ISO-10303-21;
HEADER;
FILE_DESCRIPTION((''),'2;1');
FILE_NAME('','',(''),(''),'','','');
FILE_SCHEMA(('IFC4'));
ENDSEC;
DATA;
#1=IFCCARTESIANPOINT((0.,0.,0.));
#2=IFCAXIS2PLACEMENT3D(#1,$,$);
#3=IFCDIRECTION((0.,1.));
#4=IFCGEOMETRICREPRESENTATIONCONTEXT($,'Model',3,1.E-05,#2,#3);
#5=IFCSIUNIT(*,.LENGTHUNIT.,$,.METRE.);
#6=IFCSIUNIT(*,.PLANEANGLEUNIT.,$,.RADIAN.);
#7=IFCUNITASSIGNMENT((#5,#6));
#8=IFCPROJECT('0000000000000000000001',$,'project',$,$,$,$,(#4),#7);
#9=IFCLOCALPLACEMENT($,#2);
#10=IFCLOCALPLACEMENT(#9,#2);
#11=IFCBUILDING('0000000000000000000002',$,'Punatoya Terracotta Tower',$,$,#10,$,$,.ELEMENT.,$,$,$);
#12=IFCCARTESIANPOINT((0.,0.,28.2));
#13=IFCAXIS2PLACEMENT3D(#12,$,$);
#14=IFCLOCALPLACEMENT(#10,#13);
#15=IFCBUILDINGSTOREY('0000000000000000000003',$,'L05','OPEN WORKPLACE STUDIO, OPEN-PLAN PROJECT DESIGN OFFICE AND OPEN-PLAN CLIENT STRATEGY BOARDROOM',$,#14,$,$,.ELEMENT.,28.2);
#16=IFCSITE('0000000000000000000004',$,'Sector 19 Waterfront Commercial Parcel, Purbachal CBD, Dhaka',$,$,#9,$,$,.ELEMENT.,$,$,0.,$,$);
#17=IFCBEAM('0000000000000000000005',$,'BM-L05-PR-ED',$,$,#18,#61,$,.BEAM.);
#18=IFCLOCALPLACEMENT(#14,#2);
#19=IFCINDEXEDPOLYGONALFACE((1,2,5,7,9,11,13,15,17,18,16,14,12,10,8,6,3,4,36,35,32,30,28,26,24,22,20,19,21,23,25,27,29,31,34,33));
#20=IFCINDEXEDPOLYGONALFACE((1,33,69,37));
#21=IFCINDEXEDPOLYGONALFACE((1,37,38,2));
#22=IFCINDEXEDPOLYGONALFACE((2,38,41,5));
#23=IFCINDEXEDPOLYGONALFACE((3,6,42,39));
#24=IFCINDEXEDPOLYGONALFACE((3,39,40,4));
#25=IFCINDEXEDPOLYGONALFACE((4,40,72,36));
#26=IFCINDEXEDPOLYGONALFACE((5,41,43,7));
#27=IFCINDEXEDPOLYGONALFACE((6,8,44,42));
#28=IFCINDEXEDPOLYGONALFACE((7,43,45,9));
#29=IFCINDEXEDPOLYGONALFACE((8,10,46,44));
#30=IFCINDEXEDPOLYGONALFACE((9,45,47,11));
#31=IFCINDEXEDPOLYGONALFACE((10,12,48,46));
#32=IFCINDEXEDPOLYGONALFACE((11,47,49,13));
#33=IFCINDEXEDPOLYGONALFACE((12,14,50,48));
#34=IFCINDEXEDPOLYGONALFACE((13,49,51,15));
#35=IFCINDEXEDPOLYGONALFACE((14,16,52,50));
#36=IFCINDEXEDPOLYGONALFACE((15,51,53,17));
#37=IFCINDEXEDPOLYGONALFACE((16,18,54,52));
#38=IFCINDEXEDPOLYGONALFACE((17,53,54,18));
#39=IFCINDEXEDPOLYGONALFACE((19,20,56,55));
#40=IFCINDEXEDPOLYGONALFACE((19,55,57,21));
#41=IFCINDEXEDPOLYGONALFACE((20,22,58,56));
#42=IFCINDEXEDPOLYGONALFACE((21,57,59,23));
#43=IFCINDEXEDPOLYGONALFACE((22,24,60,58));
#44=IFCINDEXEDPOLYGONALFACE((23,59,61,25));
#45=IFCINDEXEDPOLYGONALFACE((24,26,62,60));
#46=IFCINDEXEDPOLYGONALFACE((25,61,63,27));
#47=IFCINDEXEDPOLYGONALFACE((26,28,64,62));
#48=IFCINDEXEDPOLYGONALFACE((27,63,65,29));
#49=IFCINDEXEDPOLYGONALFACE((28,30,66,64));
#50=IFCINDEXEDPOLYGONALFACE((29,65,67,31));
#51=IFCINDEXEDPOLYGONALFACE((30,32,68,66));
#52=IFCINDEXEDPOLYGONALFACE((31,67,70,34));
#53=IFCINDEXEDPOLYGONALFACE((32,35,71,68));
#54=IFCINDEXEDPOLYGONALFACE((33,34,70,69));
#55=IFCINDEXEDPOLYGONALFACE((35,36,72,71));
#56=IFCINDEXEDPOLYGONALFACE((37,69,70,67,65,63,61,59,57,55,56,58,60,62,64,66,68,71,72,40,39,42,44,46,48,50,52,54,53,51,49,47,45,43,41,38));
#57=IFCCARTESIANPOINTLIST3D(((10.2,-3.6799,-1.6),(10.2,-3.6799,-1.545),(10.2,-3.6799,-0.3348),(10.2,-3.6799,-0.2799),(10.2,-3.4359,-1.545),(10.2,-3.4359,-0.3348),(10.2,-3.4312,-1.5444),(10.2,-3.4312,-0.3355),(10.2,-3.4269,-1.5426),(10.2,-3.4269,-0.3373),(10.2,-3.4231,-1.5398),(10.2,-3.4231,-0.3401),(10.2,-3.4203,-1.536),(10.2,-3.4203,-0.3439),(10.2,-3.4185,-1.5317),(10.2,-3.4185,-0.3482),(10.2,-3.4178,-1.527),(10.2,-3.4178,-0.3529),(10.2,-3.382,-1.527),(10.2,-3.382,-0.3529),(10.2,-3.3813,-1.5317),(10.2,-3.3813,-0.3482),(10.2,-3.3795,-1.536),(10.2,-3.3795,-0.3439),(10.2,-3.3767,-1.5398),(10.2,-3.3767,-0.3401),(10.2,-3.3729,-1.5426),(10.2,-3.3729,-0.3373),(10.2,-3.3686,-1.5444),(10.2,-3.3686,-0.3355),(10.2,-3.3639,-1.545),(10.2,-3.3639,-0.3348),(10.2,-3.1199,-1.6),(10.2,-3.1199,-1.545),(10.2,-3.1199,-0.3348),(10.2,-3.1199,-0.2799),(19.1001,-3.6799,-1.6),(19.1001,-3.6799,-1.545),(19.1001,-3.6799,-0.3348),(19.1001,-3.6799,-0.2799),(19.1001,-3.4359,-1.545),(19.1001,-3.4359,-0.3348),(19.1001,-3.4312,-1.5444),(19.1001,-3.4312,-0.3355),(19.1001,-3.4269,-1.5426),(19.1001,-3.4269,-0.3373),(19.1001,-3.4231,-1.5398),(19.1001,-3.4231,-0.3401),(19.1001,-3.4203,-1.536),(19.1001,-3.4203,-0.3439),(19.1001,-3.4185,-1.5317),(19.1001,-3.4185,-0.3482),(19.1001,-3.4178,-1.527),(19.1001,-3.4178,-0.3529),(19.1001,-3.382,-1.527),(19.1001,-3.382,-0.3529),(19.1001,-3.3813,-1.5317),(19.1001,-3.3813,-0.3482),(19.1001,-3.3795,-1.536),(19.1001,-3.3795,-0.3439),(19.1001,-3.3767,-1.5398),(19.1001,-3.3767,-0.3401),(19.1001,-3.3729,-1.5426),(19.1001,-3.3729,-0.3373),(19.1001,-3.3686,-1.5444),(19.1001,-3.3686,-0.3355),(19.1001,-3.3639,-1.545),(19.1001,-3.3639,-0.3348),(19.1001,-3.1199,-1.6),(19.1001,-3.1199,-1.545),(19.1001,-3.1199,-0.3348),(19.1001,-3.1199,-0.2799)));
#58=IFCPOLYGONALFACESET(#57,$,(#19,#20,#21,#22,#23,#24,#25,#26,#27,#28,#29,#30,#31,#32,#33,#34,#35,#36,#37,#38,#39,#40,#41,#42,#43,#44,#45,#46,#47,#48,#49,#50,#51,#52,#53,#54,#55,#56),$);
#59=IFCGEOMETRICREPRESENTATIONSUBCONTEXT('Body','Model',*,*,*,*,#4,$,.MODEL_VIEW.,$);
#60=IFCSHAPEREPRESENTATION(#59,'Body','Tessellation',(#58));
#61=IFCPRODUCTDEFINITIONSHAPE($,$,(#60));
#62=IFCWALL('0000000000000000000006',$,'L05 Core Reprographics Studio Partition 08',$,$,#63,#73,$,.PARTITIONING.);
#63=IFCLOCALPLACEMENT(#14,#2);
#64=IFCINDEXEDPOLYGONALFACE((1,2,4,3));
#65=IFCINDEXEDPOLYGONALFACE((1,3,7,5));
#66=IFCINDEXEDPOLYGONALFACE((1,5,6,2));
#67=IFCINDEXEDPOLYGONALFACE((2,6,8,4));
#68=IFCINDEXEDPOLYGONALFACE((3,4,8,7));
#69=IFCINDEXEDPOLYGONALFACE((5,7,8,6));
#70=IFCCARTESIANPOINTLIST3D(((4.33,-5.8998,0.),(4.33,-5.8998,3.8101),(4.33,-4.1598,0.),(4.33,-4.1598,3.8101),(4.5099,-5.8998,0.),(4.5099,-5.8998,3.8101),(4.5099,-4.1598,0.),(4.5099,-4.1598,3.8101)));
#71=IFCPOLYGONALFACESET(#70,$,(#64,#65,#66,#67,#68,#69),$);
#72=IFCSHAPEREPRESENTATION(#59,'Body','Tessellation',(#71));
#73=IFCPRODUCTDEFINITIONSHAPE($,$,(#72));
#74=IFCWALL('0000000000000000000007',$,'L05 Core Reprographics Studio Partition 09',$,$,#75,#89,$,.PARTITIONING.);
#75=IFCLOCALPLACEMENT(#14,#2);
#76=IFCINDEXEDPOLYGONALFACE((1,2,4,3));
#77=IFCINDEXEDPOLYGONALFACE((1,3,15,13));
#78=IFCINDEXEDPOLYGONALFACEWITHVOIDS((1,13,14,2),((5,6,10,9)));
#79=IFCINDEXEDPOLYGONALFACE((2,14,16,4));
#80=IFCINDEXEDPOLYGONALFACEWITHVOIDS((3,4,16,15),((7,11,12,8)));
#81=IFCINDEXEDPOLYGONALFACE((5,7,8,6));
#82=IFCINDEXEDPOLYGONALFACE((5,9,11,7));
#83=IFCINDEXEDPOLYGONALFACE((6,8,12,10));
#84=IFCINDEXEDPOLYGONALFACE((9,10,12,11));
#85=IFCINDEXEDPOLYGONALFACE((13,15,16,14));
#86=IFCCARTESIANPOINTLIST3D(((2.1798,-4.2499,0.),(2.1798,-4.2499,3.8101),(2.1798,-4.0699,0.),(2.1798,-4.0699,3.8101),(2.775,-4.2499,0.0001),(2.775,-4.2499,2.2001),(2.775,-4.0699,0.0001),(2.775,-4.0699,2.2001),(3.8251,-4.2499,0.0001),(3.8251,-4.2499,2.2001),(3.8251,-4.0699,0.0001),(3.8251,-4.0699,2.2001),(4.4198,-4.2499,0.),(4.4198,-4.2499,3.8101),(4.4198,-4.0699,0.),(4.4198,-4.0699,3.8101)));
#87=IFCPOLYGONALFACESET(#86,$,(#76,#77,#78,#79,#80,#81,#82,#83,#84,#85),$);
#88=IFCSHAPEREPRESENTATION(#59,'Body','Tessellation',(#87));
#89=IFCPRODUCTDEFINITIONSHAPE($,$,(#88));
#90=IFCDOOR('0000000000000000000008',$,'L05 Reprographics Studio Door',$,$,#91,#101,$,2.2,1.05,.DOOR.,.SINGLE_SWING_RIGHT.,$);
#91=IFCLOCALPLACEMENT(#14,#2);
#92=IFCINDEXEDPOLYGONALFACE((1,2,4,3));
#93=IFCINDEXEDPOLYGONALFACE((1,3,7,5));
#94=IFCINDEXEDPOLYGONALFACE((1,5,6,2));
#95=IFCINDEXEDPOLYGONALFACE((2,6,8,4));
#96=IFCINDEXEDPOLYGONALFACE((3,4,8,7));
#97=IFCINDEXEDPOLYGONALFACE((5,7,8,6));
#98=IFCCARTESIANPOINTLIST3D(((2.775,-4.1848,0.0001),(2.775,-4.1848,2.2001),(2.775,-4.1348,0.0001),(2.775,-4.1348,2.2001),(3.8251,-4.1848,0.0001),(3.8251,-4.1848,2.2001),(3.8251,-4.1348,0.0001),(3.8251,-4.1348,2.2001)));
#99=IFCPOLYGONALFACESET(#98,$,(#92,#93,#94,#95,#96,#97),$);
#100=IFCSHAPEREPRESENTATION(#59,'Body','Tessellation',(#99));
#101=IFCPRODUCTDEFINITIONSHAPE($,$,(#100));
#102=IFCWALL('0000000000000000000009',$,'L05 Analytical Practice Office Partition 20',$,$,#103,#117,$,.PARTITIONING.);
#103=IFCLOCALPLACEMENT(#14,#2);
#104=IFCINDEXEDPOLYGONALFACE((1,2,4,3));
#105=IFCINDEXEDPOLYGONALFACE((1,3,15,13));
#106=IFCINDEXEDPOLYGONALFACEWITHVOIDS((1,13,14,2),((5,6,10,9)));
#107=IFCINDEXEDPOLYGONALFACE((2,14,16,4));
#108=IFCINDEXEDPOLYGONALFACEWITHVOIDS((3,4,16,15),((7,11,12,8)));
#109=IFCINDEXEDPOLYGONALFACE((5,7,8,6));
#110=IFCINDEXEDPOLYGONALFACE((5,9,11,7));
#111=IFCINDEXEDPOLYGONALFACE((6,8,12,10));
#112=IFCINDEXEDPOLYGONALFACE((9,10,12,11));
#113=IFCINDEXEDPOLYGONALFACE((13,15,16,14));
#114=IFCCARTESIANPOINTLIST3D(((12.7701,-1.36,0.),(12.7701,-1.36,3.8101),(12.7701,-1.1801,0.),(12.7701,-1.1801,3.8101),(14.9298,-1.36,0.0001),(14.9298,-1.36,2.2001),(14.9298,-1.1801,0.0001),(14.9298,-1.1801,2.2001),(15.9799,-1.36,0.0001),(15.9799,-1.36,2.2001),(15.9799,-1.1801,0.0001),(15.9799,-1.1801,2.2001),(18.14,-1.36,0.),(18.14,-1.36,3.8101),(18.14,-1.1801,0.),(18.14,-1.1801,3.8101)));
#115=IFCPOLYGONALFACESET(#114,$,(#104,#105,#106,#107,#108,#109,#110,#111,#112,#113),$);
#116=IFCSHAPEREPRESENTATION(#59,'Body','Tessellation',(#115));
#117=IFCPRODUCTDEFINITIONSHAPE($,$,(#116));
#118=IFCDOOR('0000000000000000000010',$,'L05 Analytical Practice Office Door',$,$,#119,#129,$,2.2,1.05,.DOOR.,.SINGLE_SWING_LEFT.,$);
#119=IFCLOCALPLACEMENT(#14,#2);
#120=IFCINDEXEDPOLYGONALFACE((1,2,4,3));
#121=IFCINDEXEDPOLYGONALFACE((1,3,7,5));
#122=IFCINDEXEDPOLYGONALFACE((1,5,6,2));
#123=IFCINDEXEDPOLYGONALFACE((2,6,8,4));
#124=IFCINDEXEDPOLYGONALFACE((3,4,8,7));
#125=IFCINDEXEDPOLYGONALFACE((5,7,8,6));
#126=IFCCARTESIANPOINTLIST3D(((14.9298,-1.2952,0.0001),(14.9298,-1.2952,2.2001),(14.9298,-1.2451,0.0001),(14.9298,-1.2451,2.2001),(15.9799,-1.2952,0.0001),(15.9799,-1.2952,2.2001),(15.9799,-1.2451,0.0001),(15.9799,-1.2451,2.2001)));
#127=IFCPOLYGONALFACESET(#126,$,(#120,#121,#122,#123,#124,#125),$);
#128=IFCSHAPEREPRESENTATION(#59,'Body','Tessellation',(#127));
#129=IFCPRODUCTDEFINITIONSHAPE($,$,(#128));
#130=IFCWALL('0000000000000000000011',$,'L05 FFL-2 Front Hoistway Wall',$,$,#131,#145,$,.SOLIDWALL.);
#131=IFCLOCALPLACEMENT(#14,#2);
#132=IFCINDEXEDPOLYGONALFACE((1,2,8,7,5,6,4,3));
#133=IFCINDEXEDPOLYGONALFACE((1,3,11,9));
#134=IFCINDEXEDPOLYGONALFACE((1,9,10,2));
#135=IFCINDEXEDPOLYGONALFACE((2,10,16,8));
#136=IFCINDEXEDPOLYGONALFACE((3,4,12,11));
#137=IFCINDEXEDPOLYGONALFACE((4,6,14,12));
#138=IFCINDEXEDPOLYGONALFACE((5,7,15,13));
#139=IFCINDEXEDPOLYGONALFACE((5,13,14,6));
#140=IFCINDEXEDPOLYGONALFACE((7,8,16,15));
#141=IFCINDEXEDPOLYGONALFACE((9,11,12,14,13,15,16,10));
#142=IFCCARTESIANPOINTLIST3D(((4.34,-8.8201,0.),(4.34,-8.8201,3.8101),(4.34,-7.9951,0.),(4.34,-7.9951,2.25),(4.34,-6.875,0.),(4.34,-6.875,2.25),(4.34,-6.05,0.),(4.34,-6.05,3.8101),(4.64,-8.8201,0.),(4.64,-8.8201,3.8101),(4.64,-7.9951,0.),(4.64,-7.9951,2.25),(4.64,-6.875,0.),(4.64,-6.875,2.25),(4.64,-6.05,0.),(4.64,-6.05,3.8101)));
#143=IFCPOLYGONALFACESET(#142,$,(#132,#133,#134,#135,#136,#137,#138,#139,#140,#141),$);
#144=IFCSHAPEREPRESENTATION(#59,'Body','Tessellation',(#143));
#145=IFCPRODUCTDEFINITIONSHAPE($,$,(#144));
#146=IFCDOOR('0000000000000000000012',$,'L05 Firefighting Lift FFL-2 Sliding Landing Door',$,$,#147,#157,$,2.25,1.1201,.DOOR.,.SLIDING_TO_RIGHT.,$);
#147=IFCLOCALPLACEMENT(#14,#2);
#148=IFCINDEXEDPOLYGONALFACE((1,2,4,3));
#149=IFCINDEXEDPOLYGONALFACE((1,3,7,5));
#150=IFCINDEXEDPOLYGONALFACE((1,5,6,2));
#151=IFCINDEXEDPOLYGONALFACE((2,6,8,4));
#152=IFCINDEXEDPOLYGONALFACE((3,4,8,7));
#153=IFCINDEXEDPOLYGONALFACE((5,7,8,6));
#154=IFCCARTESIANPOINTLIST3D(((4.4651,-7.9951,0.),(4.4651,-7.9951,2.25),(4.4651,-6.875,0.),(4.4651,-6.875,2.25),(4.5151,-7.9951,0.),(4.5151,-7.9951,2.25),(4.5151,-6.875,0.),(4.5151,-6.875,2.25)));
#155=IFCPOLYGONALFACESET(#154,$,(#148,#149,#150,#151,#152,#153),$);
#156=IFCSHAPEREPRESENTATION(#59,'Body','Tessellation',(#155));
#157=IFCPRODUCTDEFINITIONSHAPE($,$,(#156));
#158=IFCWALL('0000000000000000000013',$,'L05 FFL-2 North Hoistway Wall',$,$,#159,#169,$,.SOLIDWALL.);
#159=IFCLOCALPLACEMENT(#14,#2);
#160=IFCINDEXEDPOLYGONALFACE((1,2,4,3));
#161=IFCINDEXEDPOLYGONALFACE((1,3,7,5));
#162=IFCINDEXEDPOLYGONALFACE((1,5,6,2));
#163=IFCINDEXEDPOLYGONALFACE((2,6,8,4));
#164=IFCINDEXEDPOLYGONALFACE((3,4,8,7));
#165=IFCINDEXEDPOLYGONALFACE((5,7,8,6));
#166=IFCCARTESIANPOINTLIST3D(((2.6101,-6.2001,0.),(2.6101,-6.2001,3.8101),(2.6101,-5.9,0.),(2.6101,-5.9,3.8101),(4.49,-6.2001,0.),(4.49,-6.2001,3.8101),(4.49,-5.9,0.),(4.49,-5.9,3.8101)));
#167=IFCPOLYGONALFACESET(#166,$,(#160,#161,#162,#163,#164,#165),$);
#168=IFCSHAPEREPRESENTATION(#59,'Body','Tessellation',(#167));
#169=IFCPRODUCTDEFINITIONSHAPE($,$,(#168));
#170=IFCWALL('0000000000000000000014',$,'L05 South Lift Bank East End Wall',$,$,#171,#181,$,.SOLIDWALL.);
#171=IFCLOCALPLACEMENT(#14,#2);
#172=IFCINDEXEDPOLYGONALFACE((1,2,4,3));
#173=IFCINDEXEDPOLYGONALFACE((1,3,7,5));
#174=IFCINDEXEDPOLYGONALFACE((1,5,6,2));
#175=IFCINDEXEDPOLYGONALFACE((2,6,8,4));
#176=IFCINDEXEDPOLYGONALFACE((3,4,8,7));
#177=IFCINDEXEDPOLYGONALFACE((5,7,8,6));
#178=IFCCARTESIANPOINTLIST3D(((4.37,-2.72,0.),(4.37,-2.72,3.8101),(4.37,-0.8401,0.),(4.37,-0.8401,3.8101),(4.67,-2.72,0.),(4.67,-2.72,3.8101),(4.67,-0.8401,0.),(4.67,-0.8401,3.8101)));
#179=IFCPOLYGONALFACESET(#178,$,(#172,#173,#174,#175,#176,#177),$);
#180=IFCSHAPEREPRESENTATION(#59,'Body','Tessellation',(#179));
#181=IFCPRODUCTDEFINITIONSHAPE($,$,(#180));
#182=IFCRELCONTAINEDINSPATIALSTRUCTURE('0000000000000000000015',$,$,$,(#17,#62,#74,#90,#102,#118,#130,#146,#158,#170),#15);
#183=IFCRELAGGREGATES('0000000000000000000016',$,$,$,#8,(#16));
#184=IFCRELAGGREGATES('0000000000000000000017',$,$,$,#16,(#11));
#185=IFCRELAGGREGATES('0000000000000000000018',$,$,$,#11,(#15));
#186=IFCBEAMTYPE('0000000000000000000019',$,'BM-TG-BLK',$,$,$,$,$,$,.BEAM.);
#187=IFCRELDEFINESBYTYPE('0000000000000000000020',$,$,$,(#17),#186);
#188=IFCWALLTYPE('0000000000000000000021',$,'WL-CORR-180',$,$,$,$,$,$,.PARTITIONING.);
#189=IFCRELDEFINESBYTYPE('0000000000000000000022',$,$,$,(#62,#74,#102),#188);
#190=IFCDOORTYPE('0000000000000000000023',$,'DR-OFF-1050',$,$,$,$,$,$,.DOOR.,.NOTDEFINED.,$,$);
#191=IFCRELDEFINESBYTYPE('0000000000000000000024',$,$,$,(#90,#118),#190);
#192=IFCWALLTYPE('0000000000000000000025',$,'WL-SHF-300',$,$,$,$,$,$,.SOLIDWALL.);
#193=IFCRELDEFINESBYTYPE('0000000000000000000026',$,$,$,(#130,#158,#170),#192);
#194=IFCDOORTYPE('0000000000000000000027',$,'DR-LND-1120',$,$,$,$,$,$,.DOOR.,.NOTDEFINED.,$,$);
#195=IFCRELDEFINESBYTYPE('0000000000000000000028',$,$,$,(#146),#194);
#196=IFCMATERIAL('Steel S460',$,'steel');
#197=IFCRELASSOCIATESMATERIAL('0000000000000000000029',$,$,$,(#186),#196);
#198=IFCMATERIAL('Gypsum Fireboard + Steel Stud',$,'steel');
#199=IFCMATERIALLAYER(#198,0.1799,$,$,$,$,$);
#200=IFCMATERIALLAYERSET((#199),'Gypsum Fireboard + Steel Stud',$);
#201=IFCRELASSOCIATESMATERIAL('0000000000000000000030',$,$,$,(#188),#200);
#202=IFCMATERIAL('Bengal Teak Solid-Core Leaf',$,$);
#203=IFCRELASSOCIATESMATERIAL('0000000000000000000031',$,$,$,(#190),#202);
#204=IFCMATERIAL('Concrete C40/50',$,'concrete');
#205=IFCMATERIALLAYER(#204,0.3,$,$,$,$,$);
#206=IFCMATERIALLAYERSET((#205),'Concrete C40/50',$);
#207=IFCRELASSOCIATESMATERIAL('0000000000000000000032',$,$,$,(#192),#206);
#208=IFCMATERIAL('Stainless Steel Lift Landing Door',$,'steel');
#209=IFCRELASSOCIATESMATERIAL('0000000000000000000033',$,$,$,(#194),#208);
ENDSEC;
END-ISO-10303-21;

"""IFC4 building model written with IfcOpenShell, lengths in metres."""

from ifc_helpers import new_model, si_unit, direction, frame, frame_2d, origin, origin_2d, place, context, subcontext, project, spatial, rectangle, i_section, extrude, material, layer, layer_set, material_profile, profile_set, type_object, element, fill, save


model = new_model("IFC4")

# Units and contexts
model_context = context("Model", 3, precision=1e-05, world=origin(), true_north=direction((0.0, 1.0)))
body_context = subcontext(model_context, "Body", "Model", "MODEL_VIEW")
ifc_project = project(units=[si_unit("LENGTHUNIT", "METRE"), si_unit("PLANEANGLEUNIT", "RADIAN")], contexts=[model_context])

# Site, building, storey
site_placement = place(None, origin())
site = spatial("IfcSite", under=ifc_project, at=site_placement, Name="Sector 19 Waterfront Commercial Parcel, Purbachal CBD, Dhaka", CompositionType="ELEMENT", RefElevation=0.0)
building_placement = place(site_placement, origin())
building = spatial("IfcBuilding", under=site, at=building_placement, Name="Punatoya Terracotta Tower", CompositionType="ELEMENT")
storey_placement = place(building_placement, frame((0.0, 0.0, 28.2)))
storey = spatial("IfcBuildingStorey", under=building, at=storey_placement, Name="L05", Description="OPEN WORKPLACE STUDIO, OPEN-PLAN PROJECT DESIGN OFFICE AND OPEN-PLAN CLIENT STRATEGY BOARDROOM", CompositionType="ELEMENT", Elevation=28.2)

# Beam
ifc_material_1 = material(Name="Steel S460", Category="steel")
ifc_material_profile = material_profile(ifc_material_1, i_section(OverallWidth=0.5601, OverallDepth=1.3201, WebThickness=0.0359, FlangeThickness=0.0549, FilletRadius=0.0181, at=origin_2d()))
ifc_profile_set = profile_set([ifc_material_profile], Name="Steel S460")
beam_type = type_object("IfcBeamType", Name="BM-TG-BLK", PredefinedType="BEAM", material=ifc_profile_set)
beam_placement = place(storey_placement, frame((10.2, -3.3999, -0.9399), z_axis=(1.0, 0.0, 0.0), x_axis=(0.0, 1.0, 0.0)))
element("IfcBeam", 1, at=beam_placement, inside=storey, type_object=beam_type, Name="BM-L05-PR-ED", PredefinedType="BEAM", context=body_context, shape_type="SweptSolid", body=[
    extrude(i_section(OverallWidth=0.5601, OverallDepth=1.3201, WebThickness=0.0359, FlangeThickness=0.0549, FilletRadius=0.0181, at=origin_2d()), origin(), (0.0, 0.0, 1.0), 8.9001),
])

# Wall
ifc_material_2 = material(Name="Gypsum Fireboard + Steel Stud", Category="steel")
ifc_layer_1 = layer(ifc_material_2, 0.1799)
ifc_layer_set_1 = layer_set([ifc_layer_1], Name="Gypsum Fireboard + Steel Stud")
wall_type_1 = type_object("IfcWallType", Name="WL-CORR-180", PredefinedType="PARTITIONING", material=ifc_layer_set_1)
wall_1_placement = place(storey_placement, frame((4.4199, -5.8999, 0.0), z_axis=(0.0, 0.0, 1.0), x_axis=(0.0, 1.0, 0.0)))
element("IfcWall", 2, at=wall_1_placement, inside=storey, type_object=wall_type_1, Name="L05 Core Reprographics Studio Partition 08", PredefinedType="PARTITIONING", context=body_context, shape_type="SweptSolid", body=[
    extrude(rectangle(XDim=1.74, YDim=0.1799, at=frame_2d((0.8701, 0.0))), origin(), (0.0, 0.0, 1.0), 3.8101),
])

# Walls, openings, doors
wall_2_placement = place(storey_placement, frame((4.4199, -4.1599, 0.0), z_axis=(0.0, 0.0, 1.0), x_axis=(-1.0, 0.0, 0.0)))
wall_2 = element("IfcWall", 3, at=wall_2_placement, inside=storey, type_object=wall_type_1, Name="L05 Core Reprographics Studio Partition 09", PredefinedType="PARTITIONING", context=body_context, shape_type="SweptSolid", body=[
    extrude(rectangle(XDim=2.24, YDim=0.1799, at=frame_2d((1.1201, 0.0))), origin(), (0.0, 0.0, 1.0), 3.8101),
])
opening_1_placement = place(wall_2_placement, frame((0.595, 0.0, 0.0)))
opening_1 = element("IfcOpeningElement", 4, at=opening_1_placement, cuts=wall_2, PredefinedType="OPENING", context=body_context, shape_type="SweptSolid", body=[
    extrude(rectangle(XDim=1.05, YDim=2.2, at=frame_2d((0.5249, 1.1001))), frame((0.0, 0.0999, 0.0), z_axis=(0.0, -1.0, 0.0), x_axis=(1.0, 0.0, 0.0)), (0.0, 0.0, 1.0), 0.2),
])
ifc_material_3 = material(Name="Bengal Teak Solid-Core Leaf")
door_type_1 = type_object("IfcDoorType", Name="DR-OFF-1050", OperationType="NOTDEFINED", PredefinedType="DOOR", material=ifc_material_3)
door_1_placement = place(opening_1_placement, origin())
door_1 = element("IfcDoor", 5, at=door_1_placement, inside=storey, type_object=door_type_1, Name="L05 Reprographics Studio Door", OperationType="SINGLE_SWING_RIGHT", OverallHeight=2.2, OverallWidth=1.05, PredefinedType="DOOR", context=body_context, shape_type="SweptSolid", body=[
    extrude(rectangle(XDim=1.05, YDim=2.2, at=frame_2d((0.5249, 1.1001))), frame((0.0, 0.0249, 0.0), z_axis=(0.0, -1.0, 0.0), x_axis=(1.0, 0.0, 0.0)), (0.0, 0.0, 1.0), 0.05),
])
fill(opening_1, door_1)
wall_3_placement = place(storey_placement, frame((12.77, -1.27, 0.0), z_axis=(0.0, 0.0, 1.0), x_axis=(1.0, 0.0, 0.0)))
wall_3 = element("IfcWall", 6, at=wall_3_placement, inside=storey, type_object=wall_type_1, Name="L05 Analytical Practice Office Partition 20", PredefinedType="PARTITIONING", context=body_context, shape_type="SweptSolid", body=[
    extrude(rectangle(XDim=5.3699, YDim=0.1799, at=frame_2d((2.6851, 0.0))), origin(), (0.0, 0.0, 1.0), 3.8101),
])
opening_2_placement = place(wall_3_placement, frame((2.1599, 0.0, 0.0)))
opening_2 = element("IfcOpeningElement", 7, at=opening_2_placement, cuts=wall_3, PredefinedType="OPENING", context=body_context, shape_type="SweptSolid", body=[
    extrude(rectangle(XDim=1.05, YDim=2.2, at=frame_2d((0.5249, 1.1001))), frame((0.0, 0.0999, 0.0), z_axis=(0.0, -1.0, 0.0), x_axis=(1.0, 0.0, 0.0)), (0.0, 0.0, 1.0), 0.2),
])
door_2_placement = place(opening_2_placement, origin())
door_2 = element("IfcDoor", 8, at=door_2_placement, inside=storey, type_object=door_type_1, Name="L05 Analytical Practice Office Door", OperationType="SINGLE_SWING_LEFT", OverallHeight=2.2, OverallWidth=1.05, PredefinedType="DOOR", context=body_context, shape_type="SweptSolid", body=[
    extrude(rectangle(XDim=1.05, YDim=2.2, at=frame_2d((0.5249, 1.1001))), frame((0.0, 0.0249, 0.0), z_axis=(0.0, -1.0, 0.0), x_axis=(1.0, 0.0, 0.0)), (0.0, 0.0, 1.0), 0.05),
])
fill(opening_2, door_2)
ifc_material_4 = material(Name="Concrete C40/50", Category="concrete")
ifc_layer_2 = layer(ifc_material_4, 0.3)
ifc_layer_set_2 = layer_set([ifc_layer_2], Name="Concrete C40/50")
wall_type_2 = type_object("IfcWallType", Name="WL-SHF-300", PredefinedType="SOLIDWALL", material=ifc_layer_set_2)
wall_4_placement = place(storey_placement, frame((4.49, -8.8201, 0.0), z_axis=(0.0, 0.0, 1.0), x_axis=(0.0, 1.0, 0.0)))
wall_4 = element("IfcWall", 9, at=wall_4_placement, inside=storey, type_object=wall_type_2, Name="L05 FFL-2 Front Hoistway Wall", PredefinedType="SOLIDWALL", context=body_context, shape_type="SweptSolid", body=[
    extrude(rectangle(XDim=2.77, YDim=0.3, at=frame_2d((1.385, 0.0))), origin(), (0.0, 0.0, 1.0), 3.8101),
])
opening_3_placement = place(wall_4_placement, frame((0.825, 0.0, 0.0)))
opening_3 = element("IfcOpeningElement", 10, at=opening_3_placement, cuts=wall_4, PredefinedType="OPENING", context=body_context, shape_type="SweptSolid", body=[
    extrude(rectangle(XDim=1.1201, YDim=2.25, at=frame_2d((0.5601, 1.125))), frame((0.0, 0.1599, 0.0), z_axis=(0.0, -1.0, 0.0), x_axis=(1.0, 0.0, 0.0)), (0.0, 0.0, 1.0), 0.3201),
])
ifc_material_5 = material(Name="Stainless Steel Lift Landing Door", Category="steel")
door_type_2 = type_object("IfcDoorType", Name="DR-LND-1120", OperationType="NOTDEFINED", PredefinedType="DOOR", material=ifc_material_5)
door_3_placement = place(opening_3_placement, origin())
door_3 = element("IfcDoor", 11, at=door_3_placement, inside=storey, type_object=door_type_2, Name="L05 Firefighting Lift FFL-2 Sliding Landing Door", OperationType="SLIDING_TO_RIGHT", OverallHeight=2.25, OverallWidth=1.1201, PredefinedType="DOOR", context=body_context, shape_type="SweptSolid", body=[
    extrude(rectangle(XDim=1.1201, YDim=2.25, at=frame_2d((0.5601, 1.125))), frame((0.0, 0.0249, 0.0), z_axis=(0.0, -1.0, 0.0), x_axis=(1.0, 0.0, 0.0)), (0.0, 0.0, 1.0), 0.05),
])
fill(opening_3, door_3)

# Walls
for number, where, z_axis, x_axis, name in (
    (12, (2.6101, -6.05, 0.0), (0.0, 0.0, 1.0), (1.0, 0.0, 0.0), "L05 FFL-2 North Hoistway Wall"),
    (13, (4.52, -2.72, 0.0), (0.0, 0.0, 1.0), (0.0, 1.0, 0.0), "L05 South Lift Bank East End Wall"),
):
    element("IfcWall", number, at=place(storey_placement, frame(where, z_axis=z_axis, x_axis=x_axis)), inside=storey, type_object=wall_type_2, Name=name, PredefinedType="SOLIDWALL", context=body_context, shape_type="SweptSolid", body=[
        extrude(rectangle(XDim=1.8799, YDim=0.3, at=frame_2d((0.9399, 0.0))), origin(), (0.0, 0.0, 1.0), 3.8101),
    ])

save(model, "model.ifc")
